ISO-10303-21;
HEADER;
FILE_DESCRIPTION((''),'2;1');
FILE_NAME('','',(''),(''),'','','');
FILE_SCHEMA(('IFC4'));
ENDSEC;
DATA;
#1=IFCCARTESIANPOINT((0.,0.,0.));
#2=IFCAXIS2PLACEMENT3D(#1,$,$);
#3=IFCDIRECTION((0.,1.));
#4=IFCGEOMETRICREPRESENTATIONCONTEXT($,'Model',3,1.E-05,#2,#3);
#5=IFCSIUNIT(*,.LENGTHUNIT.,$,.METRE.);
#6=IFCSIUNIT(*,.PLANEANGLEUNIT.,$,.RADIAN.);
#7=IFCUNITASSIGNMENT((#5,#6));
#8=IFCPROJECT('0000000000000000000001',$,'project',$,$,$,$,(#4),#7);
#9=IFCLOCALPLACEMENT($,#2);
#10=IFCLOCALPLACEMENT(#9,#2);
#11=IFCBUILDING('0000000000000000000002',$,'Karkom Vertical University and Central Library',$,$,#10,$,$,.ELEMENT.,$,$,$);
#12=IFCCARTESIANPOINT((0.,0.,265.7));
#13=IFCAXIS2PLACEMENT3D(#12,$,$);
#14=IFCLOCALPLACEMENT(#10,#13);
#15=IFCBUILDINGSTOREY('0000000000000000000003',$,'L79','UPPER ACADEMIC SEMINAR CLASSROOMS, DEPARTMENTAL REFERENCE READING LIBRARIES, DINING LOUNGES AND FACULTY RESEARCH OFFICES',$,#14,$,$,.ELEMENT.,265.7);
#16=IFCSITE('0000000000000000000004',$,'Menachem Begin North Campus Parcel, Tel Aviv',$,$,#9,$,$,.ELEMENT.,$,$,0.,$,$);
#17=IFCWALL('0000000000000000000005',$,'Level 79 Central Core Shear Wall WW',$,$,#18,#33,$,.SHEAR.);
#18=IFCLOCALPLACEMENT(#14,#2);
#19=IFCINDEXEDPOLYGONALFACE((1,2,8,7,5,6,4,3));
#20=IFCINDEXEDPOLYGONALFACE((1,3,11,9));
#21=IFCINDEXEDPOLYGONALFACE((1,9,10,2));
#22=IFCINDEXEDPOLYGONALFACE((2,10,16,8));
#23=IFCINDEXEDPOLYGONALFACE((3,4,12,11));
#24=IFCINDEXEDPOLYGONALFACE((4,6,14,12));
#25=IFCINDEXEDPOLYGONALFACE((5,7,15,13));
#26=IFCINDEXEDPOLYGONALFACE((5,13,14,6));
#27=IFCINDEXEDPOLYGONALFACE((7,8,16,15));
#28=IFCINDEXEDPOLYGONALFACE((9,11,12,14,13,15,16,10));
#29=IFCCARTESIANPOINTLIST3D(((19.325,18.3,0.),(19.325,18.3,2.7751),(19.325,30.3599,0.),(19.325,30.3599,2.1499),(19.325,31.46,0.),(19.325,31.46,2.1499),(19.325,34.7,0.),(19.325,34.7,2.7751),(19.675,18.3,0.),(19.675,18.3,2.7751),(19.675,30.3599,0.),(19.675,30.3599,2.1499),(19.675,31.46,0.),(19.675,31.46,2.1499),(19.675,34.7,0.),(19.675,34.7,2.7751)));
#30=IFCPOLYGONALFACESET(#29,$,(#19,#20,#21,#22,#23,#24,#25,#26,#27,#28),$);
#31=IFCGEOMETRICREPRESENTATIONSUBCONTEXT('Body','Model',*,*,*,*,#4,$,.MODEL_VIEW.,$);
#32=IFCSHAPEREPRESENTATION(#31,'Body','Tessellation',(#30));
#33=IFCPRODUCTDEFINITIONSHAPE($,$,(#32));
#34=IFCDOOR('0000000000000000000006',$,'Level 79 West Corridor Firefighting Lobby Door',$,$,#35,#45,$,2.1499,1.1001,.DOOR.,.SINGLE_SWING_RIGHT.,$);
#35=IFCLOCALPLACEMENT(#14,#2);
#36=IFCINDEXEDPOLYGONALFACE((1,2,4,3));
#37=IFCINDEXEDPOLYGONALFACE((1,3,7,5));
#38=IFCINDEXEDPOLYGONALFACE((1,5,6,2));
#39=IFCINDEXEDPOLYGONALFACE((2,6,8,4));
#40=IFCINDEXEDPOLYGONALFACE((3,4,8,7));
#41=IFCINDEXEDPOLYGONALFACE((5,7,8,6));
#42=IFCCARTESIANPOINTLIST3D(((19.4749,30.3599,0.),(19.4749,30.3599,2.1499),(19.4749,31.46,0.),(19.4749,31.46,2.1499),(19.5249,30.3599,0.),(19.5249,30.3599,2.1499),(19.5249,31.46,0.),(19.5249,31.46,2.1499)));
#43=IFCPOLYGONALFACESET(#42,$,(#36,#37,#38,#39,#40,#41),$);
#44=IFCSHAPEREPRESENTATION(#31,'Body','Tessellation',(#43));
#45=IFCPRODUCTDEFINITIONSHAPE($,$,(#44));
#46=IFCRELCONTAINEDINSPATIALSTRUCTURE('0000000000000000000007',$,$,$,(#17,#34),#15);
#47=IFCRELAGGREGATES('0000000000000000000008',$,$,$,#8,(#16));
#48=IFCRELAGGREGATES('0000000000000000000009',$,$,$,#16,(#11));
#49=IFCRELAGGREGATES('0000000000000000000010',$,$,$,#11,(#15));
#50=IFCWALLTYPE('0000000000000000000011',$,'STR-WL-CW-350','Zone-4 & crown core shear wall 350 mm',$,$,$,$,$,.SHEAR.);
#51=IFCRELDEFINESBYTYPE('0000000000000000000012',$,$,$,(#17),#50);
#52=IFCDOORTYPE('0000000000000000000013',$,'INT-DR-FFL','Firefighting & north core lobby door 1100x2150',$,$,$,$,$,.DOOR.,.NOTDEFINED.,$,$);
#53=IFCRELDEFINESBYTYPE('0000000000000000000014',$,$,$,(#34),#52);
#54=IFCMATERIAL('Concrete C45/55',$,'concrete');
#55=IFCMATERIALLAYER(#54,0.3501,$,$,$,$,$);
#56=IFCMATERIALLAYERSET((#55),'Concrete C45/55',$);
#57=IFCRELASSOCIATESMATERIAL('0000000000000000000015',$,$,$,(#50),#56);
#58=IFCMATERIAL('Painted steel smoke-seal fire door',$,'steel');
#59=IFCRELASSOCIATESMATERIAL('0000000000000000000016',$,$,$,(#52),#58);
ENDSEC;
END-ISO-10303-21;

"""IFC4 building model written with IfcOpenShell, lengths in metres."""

from ifc_helpers import new_model, si_unit, direction, frame, frame_2d, origin, origin_with_axes, place, context, subcontext, project, spatial, rectangle, extrude, source, transform, mapped, material, layer, layer_set, type_object, element, fill, save


model = new_model("IFC4")

# Units and contexts
model_context = context("Model", 3, precision=1e-05, world=origin(), true_north=direction((0.0, 1.0)))
body_context = subcontext(model_context, "Body", "Model", "MODEL_VIEW")
ifc_project = project(units=[si_unit("LENGTHUNIT", "METRE"), si_unit("PLANEANGLEUNIT", "RADIAN")], contexts=[model_context])

# Site, building, storey
site_placement = place(None, origin())
site = spatial("IfcSite", under=ifc_project, at=site_placement, Name="Menachem Begin North Campus Parcel, Tel Aviv", CompositionType="ELEMENT", RefElevation=0.0)
building_placement = place(site_placement, origin())
building = spatial("IfcBuilding", under=site, at=building_placement, Name="Karkom Vertical University and Central Library", CompositionType="ELEMENT")
storey_placement = place(building_placement, frame((0.0, 0.0, 265.7)))
storey = spatial("IfcBuildingStorey", under=building, at=storey_placement, Name="L79", Description="UPPER ACADEMIC SEMINAR CLASSROOMS, DEPARTMENTAL REFERENCE READING LIBRARIES, DINING LOUNGES AND FACULTY RESEARCH OFFICES", CompositionType="ELEMENT", Elevation=265.7)

# Shared definitions
ifc_material_1 = material(Name="Concrete C45/55", Category="concrete")

# Shared definitions
ifc_layer_1 = layer(ifc_material_1, 0.3501)
ifc_layer_set_1 = layer_set([ifc_layer_1], Name="Concrete C45/55")
wall_type_1 = type_object("IfcWallType", Name="STR-WL-CW-350", Description="Zone-4 & crown core shear wall 350 mm", PredefinedType="SHEAR", material=ifc_layer_set_1)

# Wall, opening, door
wall_1_placement = place(storey_placement, frame((19.5, 34.7, 0.0), z_axis=(0.0, 0.0, 1.0), x_axis=(0.0, -1.0, 0.0)))
wall_1 = element("IfcWall", 1, at=wall_1_placement, inside=storey, type_object=wall_type_1, Name="Level 79 Central Core Shear Wall WW", PredefinedType="SHEAR", context=body_context, shape_type="SweptSolid", body=[
    extrude(rectangle(XDim=16.3999, YDim=0.3501, at=frame_2d((8.2, 0.0))), origin(), (0.0, 0.0, 1.0), 2.7751),
])
opening_1_placement = place(wall_1_placement, frame((3.24, 0.0, 0.0)))
opening_1 = element("IfcOpeningElement", 2, at=opening_1_placement, cuts=wall_1, PredefinedType="OPENING", context=body_context, shape_type="SweptSolid", body=[
    extrude(rectangle(XDim=1.1001, YDim=2.1499, at=frame_2d((0.55, 1.075))), frame((0.0, 0.1851, 0.0), z_axis=(0.0, -1.0, 0.0), x_axis=(1.0, 0.0, 0.0)), (0.0, 0.0, 1.0), 0.3701),
])
ifc_material_2 = material(Name="Painted steel smoke-seal fire door", Category="steel")
door_type = type_object("IfcDoorType", Name="INT-DR-FFL", Description="Firefighting & north core lobby door 1100x2150", OperationType="NOTDEFINED", PredefinedType="DOOR", material=ifc_material_2)
shared_shape_1 = source(origin_with_axes(), body_context, "Body", "SweptSolid", [
    extrude(rectangle(XDim=1.1001, YDim=2.1499, at=frame_2d((0.55, 1.075))), frame((0.0, 0.0249, 0.0), z_axis=(0.0, -1.0, 0.0), x_axis=(1.0, 0.0, 0.0)), (0.0, 0.0, 1.0), 0.05),
])
door_placement = place(opening_1_placement, origin())
door = element("IfcDoor", 3, at=door_placement, inside=storey, type_object=door_type, Name="Level 79 West Corridor Firefighting Lobby Door", OperationType="SINGLE_SWING_RIGHT", OverallHeight=2.1499, OverallWidth=1.1001, PredefinedType="DOOR", context=body_context, shape_type="MappedRepresentation", body=[
    mapped(shared_shape_1, transform((0.0, 0.0, 0.0), scale=1.0)),
])
fill(opening_1, door)

save(model, "model.ifc")
